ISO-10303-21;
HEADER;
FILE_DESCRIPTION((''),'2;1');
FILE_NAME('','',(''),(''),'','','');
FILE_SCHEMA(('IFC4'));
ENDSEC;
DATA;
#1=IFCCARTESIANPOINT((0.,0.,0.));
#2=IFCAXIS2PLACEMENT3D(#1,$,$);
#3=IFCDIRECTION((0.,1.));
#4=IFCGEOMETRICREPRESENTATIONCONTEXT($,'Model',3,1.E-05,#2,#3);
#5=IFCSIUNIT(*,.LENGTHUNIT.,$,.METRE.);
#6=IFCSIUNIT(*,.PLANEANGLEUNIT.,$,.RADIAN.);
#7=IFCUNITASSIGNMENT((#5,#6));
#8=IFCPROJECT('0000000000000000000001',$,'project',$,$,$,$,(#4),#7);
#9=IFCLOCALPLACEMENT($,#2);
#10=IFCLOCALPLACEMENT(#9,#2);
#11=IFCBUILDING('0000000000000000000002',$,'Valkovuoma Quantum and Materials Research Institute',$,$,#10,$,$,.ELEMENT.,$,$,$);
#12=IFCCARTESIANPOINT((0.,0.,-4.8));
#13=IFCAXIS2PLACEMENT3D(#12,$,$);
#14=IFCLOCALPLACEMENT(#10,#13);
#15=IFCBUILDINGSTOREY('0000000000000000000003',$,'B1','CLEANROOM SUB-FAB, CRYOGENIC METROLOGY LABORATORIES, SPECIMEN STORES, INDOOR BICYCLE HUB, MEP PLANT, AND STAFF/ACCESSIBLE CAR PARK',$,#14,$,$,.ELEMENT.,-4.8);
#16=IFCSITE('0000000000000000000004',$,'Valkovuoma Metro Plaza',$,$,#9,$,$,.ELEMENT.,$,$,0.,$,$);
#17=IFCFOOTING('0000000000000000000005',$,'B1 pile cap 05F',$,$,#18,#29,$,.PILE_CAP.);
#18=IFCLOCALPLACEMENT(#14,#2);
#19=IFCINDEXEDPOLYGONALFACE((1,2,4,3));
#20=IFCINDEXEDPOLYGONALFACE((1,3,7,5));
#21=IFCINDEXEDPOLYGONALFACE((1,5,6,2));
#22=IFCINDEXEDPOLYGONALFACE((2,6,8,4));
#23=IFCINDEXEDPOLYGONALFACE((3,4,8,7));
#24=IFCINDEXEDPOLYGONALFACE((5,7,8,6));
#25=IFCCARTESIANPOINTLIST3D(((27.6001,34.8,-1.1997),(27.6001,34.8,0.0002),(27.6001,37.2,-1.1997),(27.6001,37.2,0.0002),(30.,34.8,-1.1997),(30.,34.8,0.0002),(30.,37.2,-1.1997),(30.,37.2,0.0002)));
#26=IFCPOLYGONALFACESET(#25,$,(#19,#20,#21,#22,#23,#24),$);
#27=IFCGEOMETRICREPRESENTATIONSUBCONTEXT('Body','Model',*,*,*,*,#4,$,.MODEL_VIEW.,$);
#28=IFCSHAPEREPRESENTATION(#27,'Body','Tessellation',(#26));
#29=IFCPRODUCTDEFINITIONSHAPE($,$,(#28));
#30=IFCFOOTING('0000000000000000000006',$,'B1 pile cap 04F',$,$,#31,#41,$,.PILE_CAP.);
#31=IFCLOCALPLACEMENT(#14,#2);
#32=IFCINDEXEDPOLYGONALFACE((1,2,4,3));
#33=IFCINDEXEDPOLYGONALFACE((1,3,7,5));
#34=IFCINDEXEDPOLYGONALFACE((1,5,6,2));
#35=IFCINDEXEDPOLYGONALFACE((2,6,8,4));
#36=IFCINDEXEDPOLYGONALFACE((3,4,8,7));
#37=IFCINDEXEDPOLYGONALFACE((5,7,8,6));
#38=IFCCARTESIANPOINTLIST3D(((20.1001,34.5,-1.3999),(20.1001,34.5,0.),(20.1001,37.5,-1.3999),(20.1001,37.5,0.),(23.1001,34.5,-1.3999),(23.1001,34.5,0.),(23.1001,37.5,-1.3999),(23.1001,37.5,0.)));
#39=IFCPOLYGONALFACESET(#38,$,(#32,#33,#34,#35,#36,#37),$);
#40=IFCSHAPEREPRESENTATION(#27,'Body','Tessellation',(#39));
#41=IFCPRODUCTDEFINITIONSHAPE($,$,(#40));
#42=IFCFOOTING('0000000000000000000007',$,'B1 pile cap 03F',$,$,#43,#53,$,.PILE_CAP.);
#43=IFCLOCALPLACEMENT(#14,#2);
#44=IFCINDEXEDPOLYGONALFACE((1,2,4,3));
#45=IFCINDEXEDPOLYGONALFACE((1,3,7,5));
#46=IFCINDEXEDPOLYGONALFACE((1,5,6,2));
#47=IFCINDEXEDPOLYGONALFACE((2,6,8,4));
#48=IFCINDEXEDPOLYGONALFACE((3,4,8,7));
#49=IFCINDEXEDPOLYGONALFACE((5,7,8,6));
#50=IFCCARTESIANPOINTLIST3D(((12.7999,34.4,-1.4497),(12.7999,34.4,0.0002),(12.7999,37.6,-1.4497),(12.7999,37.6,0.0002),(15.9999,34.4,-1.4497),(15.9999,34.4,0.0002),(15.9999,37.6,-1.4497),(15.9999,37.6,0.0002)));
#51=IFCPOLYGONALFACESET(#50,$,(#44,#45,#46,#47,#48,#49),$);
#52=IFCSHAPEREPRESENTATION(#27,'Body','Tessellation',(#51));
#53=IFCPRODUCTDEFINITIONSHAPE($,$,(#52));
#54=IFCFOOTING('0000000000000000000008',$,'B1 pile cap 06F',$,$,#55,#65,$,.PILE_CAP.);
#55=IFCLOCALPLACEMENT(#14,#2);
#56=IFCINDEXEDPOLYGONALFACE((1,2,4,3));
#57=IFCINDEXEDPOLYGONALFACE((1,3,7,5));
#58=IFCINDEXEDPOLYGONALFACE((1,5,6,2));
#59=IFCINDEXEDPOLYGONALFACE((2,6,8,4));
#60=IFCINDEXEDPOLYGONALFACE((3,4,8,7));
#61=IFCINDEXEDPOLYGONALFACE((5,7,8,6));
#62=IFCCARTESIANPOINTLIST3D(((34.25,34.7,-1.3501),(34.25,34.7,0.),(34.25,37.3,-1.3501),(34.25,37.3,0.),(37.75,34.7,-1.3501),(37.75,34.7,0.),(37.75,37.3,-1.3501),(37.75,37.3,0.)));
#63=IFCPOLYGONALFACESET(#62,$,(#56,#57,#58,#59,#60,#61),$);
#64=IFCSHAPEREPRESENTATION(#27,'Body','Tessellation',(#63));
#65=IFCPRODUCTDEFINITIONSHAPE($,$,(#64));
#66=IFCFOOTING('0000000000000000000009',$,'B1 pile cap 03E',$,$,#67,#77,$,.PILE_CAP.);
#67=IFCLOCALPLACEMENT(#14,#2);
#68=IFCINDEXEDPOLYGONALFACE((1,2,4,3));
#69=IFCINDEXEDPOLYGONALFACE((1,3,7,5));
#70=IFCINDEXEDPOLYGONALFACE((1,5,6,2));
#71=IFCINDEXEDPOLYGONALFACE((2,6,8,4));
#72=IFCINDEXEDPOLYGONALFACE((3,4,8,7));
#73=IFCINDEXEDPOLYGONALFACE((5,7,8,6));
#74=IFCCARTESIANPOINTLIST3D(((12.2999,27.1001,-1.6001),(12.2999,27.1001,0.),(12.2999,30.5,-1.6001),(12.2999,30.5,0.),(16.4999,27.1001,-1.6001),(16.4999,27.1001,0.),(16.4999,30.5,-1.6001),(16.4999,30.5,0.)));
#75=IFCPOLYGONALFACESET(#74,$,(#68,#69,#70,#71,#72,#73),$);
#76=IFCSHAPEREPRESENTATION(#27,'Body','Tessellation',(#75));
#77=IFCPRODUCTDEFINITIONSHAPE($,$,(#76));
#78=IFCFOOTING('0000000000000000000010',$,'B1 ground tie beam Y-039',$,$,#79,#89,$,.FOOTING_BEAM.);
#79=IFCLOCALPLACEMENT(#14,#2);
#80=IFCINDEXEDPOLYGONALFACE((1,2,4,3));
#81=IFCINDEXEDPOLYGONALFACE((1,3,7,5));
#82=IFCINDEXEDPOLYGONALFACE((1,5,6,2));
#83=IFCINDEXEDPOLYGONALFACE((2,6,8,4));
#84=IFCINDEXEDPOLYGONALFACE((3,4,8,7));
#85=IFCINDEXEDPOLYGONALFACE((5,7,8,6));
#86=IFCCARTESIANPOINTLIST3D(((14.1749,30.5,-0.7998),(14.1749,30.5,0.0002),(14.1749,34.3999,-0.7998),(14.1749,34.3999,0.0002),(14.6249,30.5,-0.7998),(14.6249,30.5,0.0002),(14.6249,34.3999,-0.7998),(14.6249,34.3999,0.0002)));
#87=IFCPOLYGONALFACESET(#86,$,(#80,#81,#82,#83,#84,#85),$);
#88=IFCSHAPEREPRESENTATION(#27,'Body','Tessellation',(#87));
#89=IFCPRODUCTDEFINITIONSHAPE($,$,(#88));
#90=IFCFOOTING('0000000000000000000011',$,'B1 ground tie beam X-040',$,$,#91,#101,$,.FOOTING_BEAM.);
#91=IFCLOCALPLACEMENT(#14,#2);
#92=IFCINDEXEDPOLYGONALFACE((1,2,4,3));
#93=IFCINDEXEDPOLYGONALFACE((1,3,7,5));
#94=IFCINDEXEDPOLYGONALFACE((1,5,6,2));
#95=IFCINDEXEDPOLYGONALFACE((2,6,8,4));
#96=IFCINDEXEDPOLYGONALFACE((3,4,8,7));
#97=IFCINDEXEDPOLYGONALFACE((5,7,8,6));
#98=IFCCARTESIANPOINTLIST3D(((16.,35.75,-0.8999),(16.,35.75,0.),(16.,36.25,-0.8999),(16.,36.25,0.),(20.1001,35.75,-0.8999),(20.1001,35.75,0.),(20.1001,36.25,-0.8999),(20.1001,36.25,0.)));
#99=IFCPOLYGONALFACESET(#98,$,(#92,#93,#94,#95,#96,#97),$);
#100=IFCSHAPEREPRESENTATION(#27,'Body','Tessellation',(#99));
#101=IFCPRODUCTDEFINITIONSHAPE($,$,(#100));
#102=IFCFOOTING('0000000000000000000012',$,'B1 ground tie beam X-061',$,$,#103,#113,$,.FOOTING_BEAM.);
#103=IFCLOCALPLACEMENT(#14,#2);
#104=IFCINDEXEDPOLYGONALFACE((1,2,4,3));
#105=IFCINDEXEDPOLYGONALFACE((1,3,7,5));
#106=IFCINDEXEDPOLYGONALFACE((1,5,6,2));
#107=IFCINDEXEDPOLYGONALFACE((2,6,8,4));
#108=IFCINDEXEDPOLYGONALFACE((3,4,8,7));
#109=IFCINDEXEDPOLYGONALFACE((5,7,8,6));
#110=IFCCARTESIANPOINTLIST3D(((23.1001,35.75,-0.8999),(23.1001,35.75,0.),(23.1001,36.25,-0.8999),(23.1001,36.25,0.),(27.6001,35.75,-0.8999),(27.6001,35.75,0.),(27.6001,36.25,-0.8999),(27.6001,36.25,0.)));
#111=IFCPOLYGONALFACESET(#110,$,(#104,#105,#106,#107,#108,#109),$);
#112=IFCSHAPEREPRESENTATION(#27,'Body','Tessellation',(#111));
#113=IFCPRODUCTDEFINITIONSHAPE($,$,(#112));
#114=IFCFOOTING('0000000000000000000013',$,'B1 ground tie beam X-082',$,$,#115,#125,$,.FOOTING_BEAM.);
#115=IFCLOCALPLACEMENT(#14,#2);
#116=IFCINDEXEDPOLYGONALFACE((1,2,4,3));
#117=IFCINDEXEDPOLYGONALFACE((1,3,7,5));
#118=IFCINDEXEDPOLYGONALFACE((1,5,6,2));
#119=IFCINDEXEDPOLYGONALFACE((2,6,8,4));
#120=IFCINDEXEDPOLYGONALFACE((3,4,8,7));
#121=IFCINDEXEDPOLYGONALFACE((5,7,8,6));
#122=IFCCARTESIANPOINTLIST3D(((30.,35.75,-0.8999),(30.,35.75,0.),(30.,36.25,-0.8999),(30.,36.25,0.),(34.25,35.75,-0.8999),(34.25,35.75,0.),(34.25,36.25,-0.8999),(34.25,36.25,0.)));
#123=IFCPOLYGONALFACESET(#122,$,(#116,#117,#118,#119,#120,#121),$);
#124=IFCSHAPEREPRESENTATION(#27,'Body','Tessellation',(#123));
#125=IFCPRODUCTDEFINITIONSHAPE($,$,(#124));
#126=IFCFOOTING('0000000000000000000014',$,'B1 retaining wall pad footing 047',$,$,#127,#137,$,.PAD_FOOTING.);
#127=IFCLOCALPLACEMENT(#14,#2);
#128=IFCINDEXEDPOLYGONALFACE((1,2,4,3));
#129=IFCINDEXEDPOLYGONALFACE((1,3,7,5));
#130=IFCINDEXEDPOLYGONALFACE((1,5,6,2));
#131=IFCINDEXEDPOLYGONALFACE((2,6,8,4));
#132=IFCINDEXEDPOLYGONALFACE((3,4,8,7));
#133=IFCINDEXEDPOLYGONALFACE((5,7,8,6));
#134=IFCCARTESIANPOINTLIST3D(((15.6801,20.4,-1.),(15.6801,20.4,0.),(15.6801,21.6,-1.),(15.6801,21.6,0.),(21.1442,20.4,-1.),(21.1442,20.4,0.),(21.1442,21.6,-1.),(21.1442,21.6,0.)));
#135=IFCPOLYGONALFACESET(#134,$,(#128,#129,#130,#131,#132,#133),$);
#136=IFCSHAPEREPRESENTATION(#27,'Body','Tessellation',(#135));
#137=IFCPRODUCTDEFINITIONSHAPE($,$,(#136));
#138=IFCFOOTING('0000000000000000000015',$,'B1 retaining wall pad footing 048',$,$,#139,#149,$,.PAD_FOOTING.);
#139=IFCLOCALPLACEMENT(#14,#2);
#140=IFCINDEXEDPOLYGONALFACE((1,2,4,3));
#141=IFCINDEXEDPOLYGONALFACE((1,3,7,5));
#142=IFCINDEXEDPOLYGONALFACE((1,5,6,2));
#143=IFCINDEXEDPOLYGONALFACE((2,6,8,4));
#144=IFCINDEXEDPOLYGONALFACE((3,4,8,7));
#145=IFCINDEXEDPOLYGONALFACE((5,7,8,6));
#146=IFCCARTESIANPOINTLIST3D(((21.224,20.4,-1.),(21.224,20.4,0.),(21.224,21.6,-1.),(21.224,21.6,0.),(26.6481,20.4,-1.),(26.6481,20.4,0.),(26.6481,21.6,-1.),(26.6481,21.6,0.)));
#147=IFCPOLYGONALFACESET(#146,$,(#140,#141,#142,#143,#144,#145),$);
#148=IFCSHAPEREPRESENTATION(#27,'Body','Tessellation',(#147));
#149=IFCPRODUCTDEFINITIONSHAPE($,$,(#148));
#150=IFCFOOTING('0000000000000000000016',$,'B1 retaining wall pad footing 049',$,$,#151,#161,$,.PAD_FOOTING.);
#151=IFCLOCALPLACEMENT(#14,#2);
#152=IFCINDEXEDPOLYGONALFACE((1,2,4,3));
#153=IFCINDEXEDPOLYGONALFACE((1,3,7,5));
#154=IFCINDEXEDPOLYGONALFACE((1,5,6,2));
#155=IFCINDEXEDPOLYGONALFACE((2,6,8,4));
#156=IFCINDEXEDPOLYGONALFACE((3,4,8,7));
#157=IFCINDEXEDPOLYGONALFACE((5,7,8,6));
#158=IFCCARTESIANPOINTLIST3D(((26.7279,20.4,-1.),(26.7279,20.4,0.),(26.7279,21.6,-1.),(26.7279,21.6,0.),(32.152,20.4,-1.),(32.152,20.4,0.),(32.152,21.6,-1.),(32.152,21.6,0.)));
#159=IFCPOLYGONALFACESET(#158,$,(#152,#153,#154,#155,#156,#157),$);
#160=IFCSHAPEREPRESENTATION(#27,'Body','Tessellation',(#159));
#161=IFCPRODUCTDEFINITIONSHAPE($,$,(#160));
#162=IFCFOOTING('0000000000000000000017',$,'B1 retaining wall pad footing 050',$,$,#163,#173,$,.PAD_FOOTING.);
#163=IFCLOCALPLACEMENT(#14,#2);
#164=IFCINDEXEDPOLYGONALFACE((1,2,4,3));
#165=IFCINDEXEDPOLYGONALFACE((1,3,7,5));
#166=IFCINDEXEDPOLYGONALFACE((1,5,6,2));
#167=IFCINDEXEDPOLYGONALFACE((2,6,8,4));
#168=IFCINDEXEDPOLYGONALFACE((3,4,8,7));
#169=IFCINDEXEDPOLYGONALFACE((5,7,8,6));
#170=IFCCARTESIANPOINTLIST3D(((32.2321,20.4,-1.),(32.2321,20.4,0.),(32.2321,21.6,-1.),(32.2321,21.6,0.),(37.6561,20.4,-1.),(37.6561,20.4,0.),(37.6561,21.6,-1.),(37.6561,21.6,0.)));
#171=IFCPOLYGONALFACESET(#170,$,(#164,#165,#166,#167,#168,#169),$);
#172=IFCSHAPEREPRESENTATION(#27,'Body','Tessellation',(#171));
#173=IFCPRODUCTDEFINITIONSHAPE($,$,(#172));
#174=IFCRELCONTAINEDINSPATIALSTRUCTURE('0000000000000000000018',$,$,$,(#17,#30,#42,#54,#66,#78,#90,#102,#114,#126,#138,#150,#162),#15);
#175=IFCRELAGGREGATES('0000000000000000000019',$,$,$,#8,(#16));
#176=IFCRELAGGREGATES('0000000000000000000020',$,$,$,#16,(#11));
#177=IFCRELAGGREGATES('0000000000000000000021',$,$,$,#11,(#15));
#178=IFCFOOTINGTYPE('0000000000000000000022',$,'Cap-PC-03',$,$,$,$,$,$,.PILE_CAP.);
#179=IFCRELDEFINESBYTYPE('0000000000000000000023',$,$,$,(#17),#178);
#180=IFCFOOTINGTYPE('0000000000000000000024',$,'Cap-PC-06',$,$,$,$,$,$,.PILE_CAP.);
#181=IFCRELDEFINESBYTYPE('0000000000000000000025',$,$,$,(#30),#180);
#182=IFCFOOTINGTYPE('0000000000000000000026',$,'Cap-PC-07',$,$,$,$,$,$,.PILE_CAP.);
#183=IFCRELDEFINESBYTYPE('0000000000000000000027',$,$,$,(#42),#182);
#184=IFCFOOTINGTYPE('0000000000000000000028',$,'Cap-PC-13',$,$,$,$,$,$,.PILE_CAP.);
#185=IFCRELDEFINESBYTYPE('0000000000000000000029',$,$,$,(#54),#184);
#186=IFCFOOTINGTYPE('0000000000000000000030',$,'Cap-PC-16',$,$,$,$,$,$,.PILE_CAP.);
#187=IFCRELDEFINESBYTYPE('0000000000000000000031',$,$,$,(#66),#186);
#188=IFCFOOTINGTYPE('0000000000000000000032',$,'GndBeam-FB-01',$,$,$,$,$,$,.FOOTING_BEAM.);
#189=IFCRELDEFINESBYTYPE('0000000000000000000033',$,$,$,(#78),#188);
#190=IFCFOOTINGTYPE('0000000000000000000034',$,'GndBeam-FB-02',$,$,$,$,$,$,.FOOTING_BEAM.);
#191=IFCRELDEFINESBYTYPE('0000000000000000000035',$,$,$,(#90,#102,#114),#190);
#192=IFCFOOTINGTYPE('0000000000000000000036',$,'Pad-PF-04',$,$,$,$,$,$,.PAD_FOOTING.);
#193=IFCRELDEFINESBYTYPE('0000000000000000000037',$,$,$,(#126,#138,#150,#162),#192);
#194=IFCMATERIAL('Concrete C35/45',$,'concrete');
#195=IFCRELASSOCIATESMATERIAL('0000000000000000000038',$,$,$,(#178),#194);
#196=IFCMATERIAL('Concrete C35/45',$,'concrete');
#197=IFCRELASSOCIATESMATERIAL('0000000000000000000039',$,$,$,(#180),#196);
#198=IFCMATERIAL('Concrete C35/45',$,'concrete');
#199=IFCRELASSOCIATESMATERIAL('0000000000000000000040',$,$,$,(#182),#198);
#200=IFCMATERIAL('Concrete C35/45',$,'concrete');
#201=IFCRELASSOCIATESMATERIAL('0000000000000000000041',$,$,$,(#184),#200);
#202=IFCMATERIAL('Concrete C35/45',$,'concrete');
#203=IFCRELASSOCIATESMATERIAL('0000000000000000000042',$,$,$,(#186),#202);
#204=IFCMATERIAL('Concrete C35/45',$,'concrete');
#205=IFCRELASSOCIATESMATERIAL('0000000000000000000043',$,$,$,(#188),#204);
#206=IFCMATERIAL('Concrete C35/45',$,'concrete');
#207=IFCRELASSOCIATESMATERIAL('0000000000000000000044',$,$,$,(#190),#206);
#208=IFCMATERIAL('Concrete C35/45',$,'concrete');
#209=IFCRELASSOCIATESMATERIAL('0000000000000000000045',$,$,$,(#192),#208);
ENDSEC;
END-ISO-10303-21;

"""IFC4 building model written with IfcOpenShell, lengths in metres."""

from ifc_helpers import new_model, si_unit, direction, frame, origin, origin_2d, place, context, subcontext, project, spatial, rectangle, extrude, material, type_object, element, save


model = new_model("IFC4")

# Units and contexts
model_context = context("Model", 3, precision=1e-05, world=origin(), true_north=direction((0.0, 1.0)))
body_context = subcontext(model_context, "Body", "Model", "MODEL_VIEW")
ifc_project = project(units=[si_unit("LENGTHUNIT", "METRE"), si_unit("PLANEANGLEUNIT", "RADIAN")], contexts=[model_context])

# Site, building, storey
site_placement = place(None, origin())
site = spatial("IfcSite", under=ifc_project, at=site_placement, Name="Valkovuoma Metro Plaza", CompositionType="ELEMENT", RefElevation=0.0)
building_placement = place(site_placement, origin())
building = spatial("IfcBuilding", under=site, at=building_placement, Name="Valkovuoma Quantum and Materials Research Institute", CompositionType="ELEMENT")
storey_placement = place(building_placement, frame((0.0, 0.0, -4.8)))
storey = spatial("IfcBuildingStorey", under=building, at=storey_placement, Name="B1", Description="CLEANROOM SUB-FAB, CRYOGENIC METROLOGY LABORATORIES, SPECIMEN STORES, INDOOR BICYCLE HUB, MEP PLANT, AND STAFF/ACCESSIBLE CAR PARK", CompositionType="ELEMENT", Elevation=-4.8)

# Footings
ifc_material_1 = material(Name="Concrete C35/45", Category="concrete")
footing_type_1 = type_object("IfcFootingType", Name="Cap-PC-03", PredefinedType="PILE_CAP", material=ifc_material_1)
footing_1_placement = place(storey_placement, frame((28.8, 36.0, -1.1997), z_axis=(0.0, 0.0, 1.0), x_axis=(1.0, 0.0, 0.0)))
element("IfcFooting", 1, at=footing_1_placement, inside=storey, type_object=footing_type_1, Name="B1 pile cap 05F", PredefinedType="PILE_CAP", context=body_context, shape_type="SweptSolid", body=[
    extrude(rectangle(XDim=2.3999, YDim=2.3999, at=origin_2d()), origin(), (0.0, 0.0, 1.0), 1.2),
])
ifc_material_2 = material(Name="Concrete C35/45", Category="concrete")
footing_type_2 = type_object("IfcFootingType", Name="Cap-PC-06", PredefinedType="PILE_CAP", material=ifc_material_2)
footing_2_placement = place(storey_placement, frame((21.6001, 36.0, -1.3999), z_axis=(0.0, 0.0, 1.0), x_axis=(1.0, 0.0, 0.0)))
element("IfcFooting", 2, at=footing_2_placement, inside=storey, type_object=footing_type_2, Name="B1 pile cap 04F", PredefinedType="PILE_CAP", context=body_context, shape_type="SweptSolid", body=[
    extrude(rectangle(XDim=3.0, YDim=3.0, at=origin_2d()), origin(), (0.0, 0.0, 1.0), 1.3999),
])
ifc_material_3 = material(Name="Concrete C35/45", Category="concrete")
footing_type_3 = type_object("IfcFootingType", Name="Cap-PC-07", PredefinedType="PILE_CAP", material=ifc_material_3)
footing_3_placement = place(storey_placement, frame((14.3999, 36.0, -1.4497), z_axis=(0.0, 0.0, 1.0), x_axis=(1.0, 0.0, 0.0)))
element("IfcFooting", 3, at=footing_3_placement, inside=storey, type_object=footing_type_3, Name="B1 pile cap 03F", PredefinedType="PILE_CAP", context=body_context, shape_type="SweptSolid", body=[
    extrude(rectangle(XDim=3.2, YDim=3.2, at=origin_2d()), origin(), (0.0, 0.0, 1.0), 1.45),
])
ifc_material_4 = material(Name="Concrete C35/45", Category="concrete")
footing_type_4 = type_object("IfcFootingType", Name="Cap-PC-13", PredefinedType="PILE_CAP", material=ifc_material_4)
footing_4_placement = place(storey_placement, frame((36.0, 36.0, -1.3501), z_axis=(0.0, 0.0, 1.0), x_axis=(1.0, 0.0, 0.0)))
element("IfcFooting", 4, at=footing_4_placement, inside=storey, type_object=footing_type_4, Name="B1 pile cap 06F", PredefinedType="PILE_CAP", context=body_context, shape_type="SweptSolid", body=[
    extrude(rectangle(XDim=3.5, YDim=2.6001, at=origin_2d()), origin(), (0.0, 0.0, 1.0), 1.3501),
])
ifc_material_5 = material(Name="Concrete C35/45", Category="concrete")
footing_type_5 = type_object("IfcFootingType", Name="Cap-PC-16", PredefinedType="PILE_CAP", material=ifc_material_5)
footing_5_placement = place(storey_placement, frame((14.3999, 28.8, -1.6001), z_axis=(0.0, 0.0, 1.0), x_axis=(1.0, 0.0, 0.0)))
element("IfcFooting", 5, at=footing_5_placement, inside=storey, type_object=footing_type_5, Name="B1 pile cap 03E", PredefinedType="PILE_CAP", context=body_context, shape_type="SweptSolid", body=[
    extrude(rectangle(XDim=4.2, YDim=3.3999, at=origin_2d()), origin(), (0.0, 0.0, 1.0), 1.6001),
])
ifc_material_6 = material(Name="Concrete C35/45", Category="concrete")
footing_type_6 = type_object("IfcFootingType", Name="GndBeam-FB-01", PredefinedType="FOOTING_BEAM", material=ifc_material_6)
footing_6_placement = place(storey_placement, frame((14.3999, 32.45, -0.7998), z_axis=(0.0, 0.0, 1.0), x_axis=(0.0, 1.0, 0.0)))
element("IfcFooting", 6, at=footing_6_placement, inside=storey, type_object=footing_type_6, Name="B1 ground tie beam Y-039", PredefinedType="FOOTING_BEAM", context=body_context, shape_type="SweptSolid", body=[
    extrude(rectangle(XDim=3.8999, YDim=0.45, at=origin_2d()), origin(), (0.0, 0.0, 1.0), 0.8),
])
ifc_material_7 = material(Name="Concrete C35/45", Category="concrete")
footing_type_7 = type_object("IfcFootingType", Name="GndBeam-FB-02", PredefinedType="FOOTING_BEAM", material=ifc_material_7)
footing_7_placement = place(storey_placement, frame((18.05, 36.0, -0.8999), z_axis=(0.0, 0.0, 1.0), x_axis=(1.0, 0.0, 0.0)))
element("IfcFooting", 7, at=footing_7_placement, inside=storey, type_object=footing_type_7, Name="B1 ground tie beam X-040", PredefinedType="FOOTING_BEAM", context=body_context, shape_type="SweptSolid", body=[
    extrude(rectangle(XDim=4.1001, YDim=0.5, at=origin_2d()), origin(), (0.0, 0.0, 1.0), 0.8999),
])
footing_8_placement = place(storey_placement, frame((25.3501, 36.0, -0.8999), z_axis=(0.0, 0.0, 1.0), x_axis=(1.0, 0.0, 0.0)))
element("IfcFooting", 8, at=footing_8_placement, inside=storey, type_object=footing_type_7, Name="B1 ground tie beam X-061", PredefinedType="FOOTING_BEAM", context=body_context, shape_type="SweptSolid", body=[
    extrude(rectangle(XDim=4.5, YDim=0.5, at=origin_2d()), origin(), (0.0, 0.0, 1.0), 0.8999),
])
footing_9_placement = place(storey_placement, frame((32.125, 36.0, -0.8999), z_axis=(0.0, 0.0, 1.0), x_axis=(1.0, 0.0, 0.0)))
element("IfcFooting", 9, at=footing_9_placement, inside=storey, type_object=footing_type_7, Name="B1 ground tie beam X-082", PredefinedType="FOOTING_BEAM", context=body_context, shape_type="SweptSolid", body=[
    extrude(rectangle(XDim=4.25, YDim=0.5, at=origin_2d()), origin(), (0.0, 0.0, 1.0), 0.8999),
])
ifc_material_8 = material(Name="Concrete C35/45", Category="concrete")
footing_type_8 = type_object("IfcFootingType", Name="Pad-PF-04", PredefinedType="PAD_FOOTING", material=ifc_material_8)
footing_10_placement = place(storey_placement, frame((18.4121, 21.0, -1.0), z_axis=(0.0, 0.0, 1.0), x_axis=(1.0, 0.0, 0.0)))
element("IfcFooting", 10, at=footing_10_placement, inside=storey, type_object=footing_type_8, Name="B1 retaining wall pad footing 047", PredefinedType="PAD_FOOTING", context=body_context, shape_type="SweptSolid", body=[
    extrude(rectangle(XDim=5.4641, YDim=1.2, at=origin_2d()), origin(), (0.0, 0.0, 1.0), 1.0),
])
for number, where, z_axis, x_axis, name in (
    (11, (23.936, 21.0, -1.0), (0.0, 0.0, 1.0), (1.0, 0.0, 0.0), "B1 retaining wall pad footing 048"),
    (12, (29.4399, 21.0, -1.0), (0.0, 0.0, 1.0), (1.0, 0.0, 0.0), "B1 retaining wall pad footing 049"),
    (13, (34.9441, 21.0, -1.0), (0.0, 0.0, 1.0), (1.0, 0.0, 0.0), "B1 retaining wall pad footing 050"),
):
    element("IfcFooting", number, at=place(storey_placement, frame(where, z_axis=z_axis, x_axis=x_axis)), inside=storey, type_object=footing_type_8, Name=name, PredefinedType="PAD_FOOTING", context=body_context, shape_type="SweptSolid", body=[
        extrude(rectangle(XDim=5.4241, YDim=1.2, at=origin_2d()), origin(), (0.0, 0.0, 1.0), 1.0),
    ])

save(model, "model.ifc")
